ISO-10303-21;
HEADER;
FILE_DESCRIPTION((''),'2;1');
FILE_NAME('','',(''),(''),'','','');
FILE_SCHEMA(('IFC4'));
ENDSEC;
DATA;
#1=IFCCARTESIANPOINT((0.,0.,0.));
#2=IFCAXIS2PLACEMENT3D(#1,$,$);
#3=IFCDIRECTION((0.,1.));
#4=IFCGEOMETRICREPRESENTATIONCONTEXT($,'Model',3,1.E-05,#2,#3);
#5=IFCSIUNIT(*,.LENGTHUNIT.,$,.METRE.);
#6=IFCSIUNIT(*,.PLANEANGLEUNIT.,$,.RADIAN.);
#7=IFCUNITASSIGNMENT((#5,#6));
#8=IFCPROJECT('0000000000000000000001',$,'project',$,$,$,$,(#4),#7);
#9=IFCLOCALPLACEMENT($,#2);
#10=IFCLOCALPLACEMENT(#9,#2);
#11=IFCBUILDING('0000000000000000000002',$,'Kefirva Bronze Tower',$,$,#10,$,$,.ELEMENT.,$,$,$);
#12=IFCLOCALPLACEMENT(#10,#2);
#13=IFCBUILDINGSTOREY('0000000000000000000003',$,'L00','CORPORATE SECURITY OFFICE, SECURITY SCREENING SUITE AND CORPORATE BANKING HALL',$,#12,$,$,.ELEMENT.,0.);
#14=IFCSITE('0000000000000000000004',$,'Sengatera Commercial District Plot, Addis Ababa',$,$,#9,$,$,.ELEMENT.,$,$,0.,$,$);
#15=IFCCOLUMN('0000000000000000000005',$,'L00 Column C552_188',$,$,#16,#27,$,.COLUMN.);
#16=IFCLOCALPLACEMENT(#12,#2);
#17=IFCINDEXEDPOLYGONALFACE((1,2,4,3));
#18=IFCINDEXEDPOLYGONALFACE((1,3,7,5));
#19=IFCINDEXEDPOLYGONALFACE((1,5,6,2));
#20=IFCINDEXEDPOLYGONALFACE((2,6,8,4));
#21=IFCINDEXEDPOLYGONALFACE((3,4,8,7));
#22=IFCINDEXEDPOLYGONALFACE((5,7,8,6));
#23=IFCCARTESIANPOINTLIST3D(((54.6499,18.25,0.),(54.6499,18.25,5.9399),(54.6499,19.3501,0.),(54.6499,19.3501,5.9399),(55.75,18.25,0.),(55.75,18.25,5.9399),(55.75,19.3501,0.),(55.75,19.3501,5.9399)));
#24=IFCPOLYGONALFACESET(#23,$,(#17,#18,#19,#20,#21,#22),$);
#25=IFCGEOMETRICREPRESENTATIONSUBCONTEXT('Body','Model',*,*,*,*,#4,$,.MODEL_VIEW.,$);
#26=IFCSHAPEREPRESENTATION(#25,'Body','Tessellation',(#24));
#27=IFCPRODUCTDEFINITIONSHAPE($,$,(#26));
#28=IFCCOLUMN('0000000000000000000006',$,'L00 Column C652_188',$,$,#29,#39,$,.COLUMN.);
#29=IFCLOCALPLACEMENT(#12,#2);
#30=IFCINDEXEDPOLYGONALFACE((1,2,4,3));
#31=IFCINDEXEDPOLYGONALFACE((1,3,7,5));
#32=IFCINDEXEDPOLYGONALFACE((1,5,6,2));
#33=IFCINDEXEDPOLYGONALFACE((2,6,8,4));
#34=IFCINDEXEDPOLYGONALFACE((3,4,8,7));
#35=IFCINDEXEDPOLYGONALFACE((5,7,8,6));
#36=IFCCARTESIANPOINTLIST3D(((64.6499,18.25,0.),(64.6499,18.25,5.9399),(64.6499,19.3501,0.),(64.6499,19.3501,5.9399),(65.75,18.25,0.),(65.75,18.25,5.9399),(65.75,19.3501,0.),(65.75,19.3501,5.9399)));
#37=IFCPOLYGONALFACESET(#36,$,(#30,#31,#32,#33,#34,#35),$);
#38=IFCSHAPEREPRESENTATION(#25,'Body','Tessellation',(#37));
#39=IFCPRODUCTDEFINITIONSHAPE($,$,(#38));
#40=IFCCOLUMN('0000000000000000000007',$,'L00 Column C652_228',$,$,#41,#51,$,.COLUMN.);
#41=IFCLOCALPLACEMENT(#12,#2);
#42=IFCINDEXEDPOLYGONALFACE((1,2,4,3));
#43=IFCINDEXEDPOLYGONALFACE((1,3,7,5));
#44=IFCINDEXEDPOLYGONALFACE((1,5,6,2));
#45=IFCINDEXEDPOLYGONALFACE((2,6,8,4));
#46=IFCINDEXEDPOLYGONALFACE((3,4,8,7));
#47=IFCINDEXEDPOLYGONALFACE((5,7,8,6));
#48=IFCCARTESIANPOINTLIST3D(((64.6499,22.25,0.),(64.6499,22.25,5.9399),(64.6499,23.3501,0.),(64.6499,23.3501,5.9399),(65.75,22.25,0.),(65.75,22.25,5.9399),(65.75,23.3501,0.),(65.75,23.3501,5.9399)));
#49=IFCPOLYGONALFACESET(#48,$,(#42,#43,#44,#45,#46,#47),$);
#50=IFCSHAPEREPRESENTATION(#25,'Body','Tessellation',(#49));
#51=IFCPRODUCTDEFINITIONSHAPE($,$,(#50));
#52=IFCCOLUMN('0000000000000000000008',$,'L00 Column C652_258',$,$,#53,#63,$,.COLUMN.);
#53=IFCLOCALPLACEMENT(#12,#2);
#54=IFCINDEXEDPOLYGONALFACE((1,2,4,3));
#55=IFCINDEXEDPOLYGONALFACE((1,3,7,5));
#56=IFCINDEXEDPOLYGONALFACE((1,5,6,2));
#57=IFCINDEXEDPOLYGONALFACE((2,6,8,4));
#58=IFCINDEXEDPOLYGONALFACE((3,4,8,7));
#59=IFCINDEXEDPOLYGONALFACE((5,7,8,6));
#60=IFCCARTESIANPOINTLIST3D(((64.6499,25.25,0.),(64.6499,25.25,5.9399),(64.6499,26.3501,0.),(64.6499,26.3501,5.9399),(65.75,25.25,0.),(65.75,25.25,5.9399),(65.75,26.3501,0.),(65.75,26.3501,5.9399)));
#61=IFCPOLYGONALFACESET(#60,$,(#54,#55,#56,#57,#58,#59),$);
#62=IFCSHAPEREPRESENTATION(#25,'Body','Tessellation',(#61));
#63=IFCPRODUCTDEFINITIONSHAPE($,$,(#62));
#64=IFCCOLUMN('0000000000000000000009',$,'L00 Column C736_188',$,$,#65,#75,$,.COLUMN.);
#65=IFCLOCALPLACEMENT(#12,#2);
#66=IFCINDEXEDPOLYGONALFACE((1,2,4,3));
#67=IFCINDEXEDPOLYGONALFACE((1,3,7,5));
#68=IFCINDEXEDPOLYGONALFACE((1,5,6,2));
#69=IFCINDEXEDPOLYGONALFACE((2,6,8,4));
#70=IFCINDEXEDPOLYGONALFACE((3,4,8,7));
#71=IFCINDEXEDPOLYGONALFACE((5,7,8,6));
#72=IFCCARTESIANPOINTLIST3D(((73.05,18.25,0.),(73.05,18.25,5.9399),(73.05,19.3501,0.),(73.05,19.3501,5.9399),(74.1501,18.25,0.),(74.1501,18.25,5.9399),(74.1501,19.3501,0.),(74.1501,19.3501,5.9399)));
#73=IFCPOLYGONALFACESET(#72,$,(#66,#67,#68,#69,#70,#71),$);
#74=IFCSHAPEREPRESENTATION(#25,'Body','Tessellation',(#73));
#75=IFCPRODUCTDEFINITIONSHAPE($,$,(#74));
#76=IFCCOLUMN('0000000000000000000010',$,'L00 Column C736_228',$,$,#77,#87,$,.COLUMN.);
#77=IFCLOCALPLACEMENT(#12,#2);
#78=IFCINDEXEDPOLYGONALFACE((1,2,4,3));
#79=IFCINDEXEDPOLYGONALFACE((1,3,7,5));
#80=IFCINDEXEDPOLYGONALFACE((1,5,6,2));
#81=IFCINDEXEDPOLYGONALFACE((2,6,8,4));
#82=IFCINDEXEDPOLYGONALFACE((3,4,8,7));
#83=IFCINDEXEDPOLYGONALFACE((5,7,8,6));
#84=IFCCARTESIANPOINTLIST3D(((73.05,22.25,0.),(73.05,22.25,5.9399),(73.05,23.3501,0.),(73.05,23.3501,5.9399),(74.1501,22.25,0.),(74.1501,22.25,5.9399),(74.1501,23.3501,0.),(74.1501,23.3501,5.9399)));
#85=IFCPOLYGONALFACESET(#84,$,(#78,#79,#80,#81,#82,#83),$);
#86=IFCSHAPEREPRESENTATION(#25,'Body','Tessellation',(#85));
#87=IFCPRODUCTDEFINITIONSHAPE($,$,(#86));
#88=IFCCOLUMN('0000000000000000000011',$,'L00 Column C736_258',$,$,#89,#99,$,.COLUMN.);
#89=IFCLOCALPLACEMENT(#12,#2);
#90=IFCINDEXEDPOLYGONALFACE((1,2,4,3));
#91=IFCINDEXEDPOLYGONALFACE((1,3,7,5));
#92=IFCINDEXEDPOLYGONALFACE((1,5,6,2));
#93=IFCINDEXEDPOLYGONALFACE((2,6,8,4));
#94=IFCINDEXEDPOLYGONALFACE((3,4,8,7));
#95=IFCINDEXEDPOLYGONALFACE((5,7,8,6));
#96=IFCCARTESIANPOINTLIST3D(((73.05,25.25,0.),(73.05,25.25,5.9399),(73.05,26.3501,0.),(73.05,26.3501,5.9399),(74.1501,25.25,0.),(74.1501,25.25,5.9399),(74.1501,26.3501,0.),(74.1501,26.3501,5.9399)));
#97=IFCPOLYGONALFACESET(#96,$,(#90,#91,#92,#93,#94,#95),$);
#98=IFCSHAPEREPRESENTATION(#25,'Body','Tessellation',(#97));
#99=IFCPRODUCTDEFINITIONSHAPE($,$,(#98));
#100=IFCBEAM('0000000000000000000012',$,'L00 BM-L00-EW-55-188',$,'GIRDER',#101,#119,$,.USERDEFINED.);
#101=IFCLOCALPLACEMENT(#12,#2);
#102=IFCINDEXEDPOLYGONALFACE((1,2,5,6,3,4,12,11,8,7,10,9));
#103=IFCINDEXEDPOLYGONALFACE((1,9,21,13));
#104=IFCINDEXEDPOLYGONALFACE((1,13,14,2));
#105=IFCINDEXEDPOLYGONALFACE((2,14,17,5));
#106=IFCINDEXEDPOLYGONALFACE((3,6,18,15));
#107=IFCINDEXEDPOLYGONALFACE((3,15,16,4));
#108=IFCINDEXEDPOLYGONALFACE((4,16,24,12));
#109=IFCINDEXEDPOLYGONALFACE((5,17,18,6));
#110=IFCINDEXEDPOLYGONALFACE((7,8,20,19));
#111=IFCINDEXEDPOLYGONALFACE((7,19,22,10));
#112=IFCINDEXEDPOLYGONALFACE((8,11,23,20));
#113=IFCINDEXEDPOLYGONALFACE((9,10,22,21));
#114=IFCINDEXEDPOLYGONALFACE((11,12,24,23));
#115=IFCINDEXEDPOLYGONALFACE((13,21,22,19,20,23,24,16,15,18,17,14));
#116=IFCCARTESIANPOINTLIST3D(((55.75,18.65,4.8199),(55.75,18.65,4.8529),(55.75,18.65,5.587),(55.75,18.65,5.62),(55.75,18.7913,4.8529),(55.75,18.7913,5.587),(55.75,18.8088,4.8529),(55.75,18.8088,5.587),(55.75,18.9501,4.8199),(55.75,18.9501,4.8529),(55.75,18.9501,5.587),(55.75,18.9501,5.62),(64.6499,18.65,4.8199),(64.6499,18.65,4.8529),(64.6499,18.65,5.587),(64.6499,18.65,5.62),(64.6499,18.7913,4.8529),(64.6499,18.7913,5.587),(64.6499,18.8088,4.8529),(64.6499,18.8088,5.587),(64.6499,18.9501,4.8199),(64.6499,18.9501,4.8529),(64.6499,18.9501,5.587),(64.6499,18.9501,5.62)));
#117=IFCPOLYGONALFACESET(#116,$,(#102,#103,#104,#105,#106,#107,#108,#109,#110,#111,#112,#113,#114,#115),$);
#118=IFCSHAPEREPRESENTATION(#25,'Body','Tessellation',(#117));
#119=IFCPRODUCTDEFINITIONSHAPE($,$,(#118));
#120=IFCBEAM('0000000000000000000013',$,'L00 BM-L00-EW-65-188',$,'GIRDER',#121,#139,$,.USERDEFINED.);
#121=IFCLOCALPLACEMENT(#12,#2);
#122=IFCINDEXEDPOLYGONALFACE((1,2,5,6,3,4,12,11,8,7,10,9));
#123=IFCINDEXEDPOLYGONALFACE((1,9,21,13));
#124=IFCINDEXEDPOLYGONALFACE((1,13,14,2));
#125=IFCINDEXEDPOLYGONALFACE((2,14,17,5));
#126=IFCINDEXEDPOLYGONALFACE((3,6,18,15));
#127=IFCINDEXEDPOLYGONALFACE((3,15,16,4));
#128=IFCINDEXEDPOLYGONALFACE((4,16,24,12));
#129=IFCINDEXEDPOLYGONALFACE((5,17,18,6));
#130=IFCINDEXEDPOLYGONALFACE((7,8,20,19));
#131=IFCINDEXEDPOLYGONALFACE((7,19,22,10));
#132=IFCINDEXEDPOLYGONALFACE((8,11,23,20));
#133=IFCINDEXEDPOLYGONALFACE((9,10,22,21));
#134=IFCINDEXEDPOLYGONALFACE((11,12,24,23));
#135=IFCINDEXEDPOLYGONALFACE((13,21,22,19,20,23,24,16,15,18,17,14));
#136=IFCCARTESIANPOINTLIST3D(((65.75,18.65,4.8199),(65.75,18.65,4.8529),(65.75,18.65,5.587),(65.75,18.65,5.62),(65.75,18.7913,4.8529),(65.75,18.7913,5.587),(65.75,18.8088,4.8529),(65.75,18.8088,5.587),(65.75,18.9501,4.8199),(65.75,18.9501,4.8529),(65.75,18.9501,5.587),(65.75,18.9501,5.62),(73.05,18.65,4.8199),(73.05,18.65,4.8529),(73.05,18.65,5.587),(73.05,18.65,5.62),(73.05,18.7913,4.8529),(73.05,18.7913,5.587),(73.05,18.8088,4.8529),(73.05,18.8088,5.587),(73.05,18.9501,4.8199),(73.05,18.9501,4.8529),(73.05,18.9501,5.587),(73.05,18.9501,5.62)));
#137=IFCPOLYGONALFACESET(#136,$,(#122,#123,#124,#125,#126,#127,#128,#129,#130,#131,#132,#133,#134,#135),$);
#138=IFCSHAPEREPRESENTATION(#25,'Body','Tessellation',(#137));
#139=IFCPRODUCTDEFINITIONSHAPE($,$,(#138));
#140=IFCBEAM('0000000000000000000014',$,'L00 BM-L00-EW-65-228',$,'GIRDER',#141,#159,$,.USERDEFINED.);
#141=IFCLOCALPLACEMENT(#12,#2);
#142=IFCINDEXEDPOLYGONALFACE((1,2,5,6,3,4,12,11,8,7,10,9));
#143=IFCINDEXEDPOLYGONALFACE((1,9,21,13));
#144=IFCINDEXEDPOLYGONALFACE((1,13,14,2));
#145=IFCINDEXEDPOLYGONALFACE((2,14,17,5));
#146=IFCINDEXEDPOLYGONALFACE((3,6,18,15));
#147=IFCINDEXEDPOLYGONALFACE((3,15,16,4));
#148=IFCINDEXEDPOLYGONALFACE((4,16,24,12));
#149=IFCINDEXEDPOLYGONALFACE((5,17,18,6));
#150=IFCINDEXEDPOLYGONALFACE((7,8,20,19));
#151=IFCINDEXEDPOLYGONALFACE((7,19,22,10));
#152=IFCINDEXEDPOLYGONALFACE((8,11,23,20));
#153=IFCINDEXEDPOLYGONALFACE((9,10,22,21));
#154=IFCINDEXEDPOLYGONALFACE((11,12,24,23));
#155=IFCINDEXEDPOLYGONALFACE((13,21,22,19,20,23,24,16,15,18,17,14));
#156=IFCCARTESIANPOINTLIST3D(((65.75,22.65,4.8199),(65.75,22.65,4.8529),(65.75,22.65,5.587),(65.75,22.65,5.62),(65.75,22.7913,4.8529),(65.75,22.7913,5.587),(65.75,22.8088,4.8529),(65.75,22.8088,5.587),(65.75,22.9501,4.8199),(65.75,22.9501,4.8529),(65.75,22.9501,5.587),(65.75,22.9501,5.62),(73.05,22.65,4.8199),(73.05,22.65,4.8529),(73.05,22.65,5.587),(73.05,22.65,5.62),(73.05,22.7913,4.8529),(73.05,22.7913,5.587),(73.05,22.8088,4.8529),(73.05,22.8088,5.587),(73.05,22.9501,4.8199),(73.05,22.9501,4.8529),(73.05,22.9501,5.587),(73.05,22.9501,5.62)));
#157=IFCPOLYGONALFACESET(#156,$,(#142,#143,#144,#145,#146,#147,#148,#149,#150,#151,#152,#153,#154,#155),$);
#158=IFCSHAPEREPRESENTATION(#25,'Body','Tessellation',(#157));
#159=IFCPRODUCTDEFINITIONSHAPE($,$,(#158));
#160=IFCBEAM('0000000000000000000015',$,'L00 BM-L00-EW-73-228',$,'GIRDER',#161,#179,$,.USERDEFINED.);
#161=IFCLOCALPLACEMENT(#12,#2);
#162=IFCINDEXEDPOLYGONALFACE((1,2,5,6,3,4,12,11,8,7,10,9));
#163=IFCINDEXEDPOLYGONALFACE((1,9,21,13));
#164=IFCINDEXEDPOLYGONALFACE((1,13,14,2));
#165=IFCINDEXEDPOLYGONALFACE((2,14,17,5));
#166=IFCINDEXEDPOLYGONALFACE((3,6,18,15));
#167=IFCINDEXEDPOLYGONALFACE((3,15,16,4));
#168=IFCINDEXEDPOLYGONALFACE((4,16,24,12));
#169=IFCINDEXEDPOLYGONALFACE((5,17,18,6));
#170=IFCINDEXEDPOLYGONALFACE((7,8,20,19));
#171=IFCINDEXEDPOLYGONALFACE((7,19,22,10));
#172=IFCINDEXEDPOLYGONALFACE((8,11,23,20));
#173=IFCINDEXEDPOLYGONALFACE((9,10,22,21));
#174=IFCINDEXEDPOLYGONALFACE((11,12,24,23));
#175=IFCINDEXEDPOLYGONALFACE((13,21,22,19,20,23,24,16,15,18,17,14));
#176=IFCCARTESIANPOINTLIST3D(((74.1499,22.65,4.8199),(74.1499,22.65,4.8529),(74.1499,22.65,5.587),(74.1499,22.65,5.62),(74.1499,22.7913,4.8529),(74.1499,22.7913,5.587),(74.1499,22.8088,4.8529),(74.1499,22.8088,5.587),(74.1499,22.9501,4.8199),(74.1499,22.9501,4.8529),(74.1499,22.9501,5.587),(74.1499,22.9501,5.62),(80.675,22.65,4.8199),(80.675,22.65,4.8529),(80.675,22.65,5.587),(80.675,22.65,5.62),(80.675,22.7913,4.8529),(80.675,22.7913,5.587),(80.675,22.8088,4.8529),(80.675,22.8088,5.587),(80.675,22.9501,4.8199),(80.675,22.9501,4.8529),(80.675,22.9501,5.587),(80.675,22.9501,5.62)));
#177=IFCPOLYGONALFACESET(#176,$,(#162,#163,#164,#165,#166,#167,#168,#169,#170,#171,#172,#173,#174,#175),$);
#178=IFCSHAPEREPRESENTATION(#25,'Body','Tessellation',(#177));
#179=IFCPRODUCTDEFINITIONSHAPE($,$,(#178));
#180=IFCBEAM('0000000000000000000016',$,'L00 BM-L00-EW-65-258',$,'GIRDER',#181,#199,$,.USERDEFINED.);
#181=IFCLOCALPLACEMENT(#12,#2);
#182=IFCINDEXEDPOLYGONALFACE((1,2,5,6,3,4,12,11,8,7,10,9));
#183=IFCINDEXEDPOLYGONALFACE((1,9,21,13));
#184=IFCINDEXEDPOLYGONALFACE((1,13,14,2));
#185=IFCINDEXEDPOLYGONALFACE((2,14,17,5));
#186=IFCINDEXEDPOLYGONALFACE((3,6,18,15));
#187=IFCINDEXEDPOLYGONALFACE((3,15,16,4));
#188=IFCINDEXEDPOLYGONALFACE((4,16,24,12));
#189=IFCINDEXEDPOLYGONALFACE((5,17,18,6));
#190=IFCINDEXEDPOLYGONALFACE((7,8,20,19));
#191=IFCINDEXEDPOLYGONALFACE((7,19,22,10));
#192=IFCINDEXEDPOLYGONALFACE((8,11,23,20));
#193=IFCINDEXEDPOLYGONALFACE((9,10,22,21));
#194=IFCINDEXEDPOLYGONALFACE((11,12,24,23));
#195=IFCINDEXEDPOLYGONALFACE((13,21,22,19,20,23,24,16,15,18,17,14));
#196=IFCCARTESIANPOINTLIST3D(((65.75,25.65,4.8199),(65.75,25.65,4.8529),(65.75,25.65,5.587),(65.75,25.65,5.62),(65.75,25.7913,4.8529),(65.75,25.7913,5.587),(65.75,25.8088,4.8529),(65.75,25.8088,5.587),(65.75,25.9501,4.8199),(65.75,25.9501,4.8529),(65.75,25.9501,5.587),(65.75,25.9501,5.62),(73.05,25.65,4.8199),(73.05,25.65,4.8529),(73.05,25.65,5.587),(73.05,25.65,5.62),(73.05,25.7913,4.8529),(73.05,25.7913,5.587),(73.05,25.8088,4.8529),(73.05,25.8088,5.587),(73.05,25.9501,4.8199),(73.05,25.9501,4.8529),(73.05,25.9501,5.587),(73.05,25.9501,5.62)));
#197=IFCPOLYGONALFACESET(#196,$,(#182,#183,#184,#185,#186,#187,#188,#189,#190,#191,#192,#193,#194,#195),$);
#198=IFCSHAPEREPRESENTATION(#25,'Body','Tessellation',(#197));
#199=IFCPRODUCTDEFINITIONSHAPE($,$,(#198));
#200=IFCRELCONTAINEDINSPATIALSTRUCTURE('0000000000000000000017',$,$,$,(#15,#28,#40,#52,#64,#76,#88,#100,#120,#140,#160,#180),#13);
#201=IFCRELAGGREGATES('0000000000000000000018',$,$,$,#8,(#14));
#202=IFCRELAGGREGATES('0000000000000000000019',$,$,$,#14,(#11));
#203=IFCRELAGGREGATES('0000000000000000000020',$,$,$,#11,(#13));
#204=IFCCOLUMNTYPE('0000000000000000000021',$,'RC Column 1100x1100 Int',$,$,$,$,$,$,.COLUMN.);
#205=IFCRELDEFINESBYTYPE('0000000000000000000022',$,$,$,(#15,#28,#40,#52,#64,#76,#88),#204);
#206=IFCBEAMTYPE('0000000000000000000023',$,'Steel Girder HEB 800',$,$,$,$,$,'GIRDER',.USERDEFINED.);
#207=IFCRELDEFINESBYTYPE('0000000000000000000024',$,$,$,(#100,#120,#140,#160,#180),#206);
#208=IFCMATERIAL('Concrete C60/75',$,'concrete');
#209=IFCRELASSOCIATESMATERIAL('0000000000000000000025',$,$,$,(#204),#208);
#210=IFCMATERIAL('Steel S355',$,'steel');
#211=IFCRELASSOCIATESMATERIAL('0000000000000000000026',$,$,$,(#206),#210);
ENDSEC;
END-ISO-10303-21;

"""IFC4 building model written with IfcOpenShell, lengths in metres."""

from ifc_helpers import new_model, si_unit, direction, frame, origin, origin_2d, place, context, subcontext, project, spatial, rectangle, i_section, extrude, material, material_profile, profile_set, type_object, element, save


model = new_model("IFC4")

# Units and contexts
model_context = context("Model", 3, precision=1e-05, world=origin(), true_north=direction((0.0, 1.0)))
body_context = subcontext(model_context, "Body", "Model", "MODEL_VIEW")
ifc_project = project(units=[si_unit("LENGTHUNIT", "METRE"), si_unit("PLANEANGLEUNIT", "RADIAN")], contexts=[model_context])

# Site, building, storey
site_placement = place(None, origin())
site = spatial("IfcSite", under=ifc_project, at=site_placement, Name="Sengatera Commercial District Plot, Addis Ababa", CompositionType="ELEMENT", RefElevation=0.0)
building_placement = place(site_placement, origin())
building = spatial("IfcBuilding", under=site, at=building_placement, Name="Kefirva Bronze Tower", CompositionType="ELEMENT")
storey_placement = place(building_placement, origin())
storey = spatial("IfcBuildingStorey", under=building, at=storey_placement, Name="L00", Description="CORPORATE SECURITY OFFICE, SECURITY SCREENING SUITE AND CORPORATE BANKING HALL", CompositionType="ELEMENT", Elevation=0.0)

# Columns
ifc_material_1 = material(Name="Concrete C60/75", Category="concrete")
ifc_material_profile_1 = material_profile(ifc_material_1, rectangle(XDim=1.1001, YDim=1.1001, at=origin_2d()), Name="RC 1100x1100")
ifc_profile_set_1 = profile_set([ifc_material_profile_1], Name="Concrete C60/75")
column_type = type_object("IfcColumnType", Name="RC Column 1100x1100 Int", PredefinedType="COLUMN", material=ifc_profile_set_1)
for number, where, z_axis, x_axis, name in (
    (1, (55.2, 18.8, 0.0), (0.0, 0.0, 1.0), (1.0, 0.0, 0.0), "L00 Column C552_188"),
    (2, (65.2, 18.8, 0.0), (0.0, 0.0, 1.0), (1.0, 0.0, 0.0), "L00 Column C652_188"),
    (3, (65.2, 22.8, 0.0), (0.0, 0.0, 1.0), (1.0, 0.0, 0.0), "L00 Column C652_228"),
    (4, (65.2, 25.8, 0.0), (0.0, 0.0, 1.0), (1.0, 0.0, 0.0), "L00 Column C652_258"),
    (5, (73.6001, 18.8, 0.0), (0.0, 0.0, 1.0), (1.0, 0.0, 0.0), "L00 Column C736_188"),
    (6, (73.6001, 22.8, 0.0), (0.0, 0.0, 1.0), (1.0, 0.0, 0.0), "L00 Column C736_228"),
    (7, (73.6001, 25.8, 0.0), (0.0, 0.0, 1.0), (1.0, 0.0, 0.0), "L00 Column C736_258"),
):
    element("IfcColumn", number, at=place(storey_placement, frame(where, z_axis=z_axis, x_axis=x_axis)), inside=storey, type_object=column_type, Name=name, PredefinedType="COLUMN", context=body_context, shape_type="SweptSolid", body=[
        extrude(rectangle(XDim=1.1001, YDim=1.1001, at=origin_2d()), origin(), (0.0, 0.0, 1.0), 5.9399),
    ])

# Beams
ifc_material_2 = material(Name="Steel S355", Category="steel")
ifc_material_profile_2 = material_profile(ifc_material_2, i_section(OverallWidth=0.3, OverallDepth=0.8, WebThickness=0.0176, FlangeThickness=0.033, at=origin_2d()), Name="HEB 800")
ifc_profile_set_2 = profile_set([ifc_material_profile_2], Name="Steel S355")
beam_type = type_object("IfcBeamType", Name="Steel Girder HEB 800", ElementType="GIRDER", PredefinedType="USERDEFINED", material=ifc_profile_set_2)
beam_1_placement = place(storey_placement, frame((55.75, 18.8, 5.22), z_axis=(1.0, 0.0, 0.0), x_axis=(0.0, 1.0, 0.0)))
element("IfcBeam", 8, at=beam_1_placement, inside=storey, type_object=beam_type, Name="L00 BM-L00-EW-55-188", ObjectType="GIRDER", PredefinedType="USERDEFINED", context=body_context, shape_type="SweptSolid", body=[
    extrude(i_section(OverallWidth=0.3, OverallDepth=0.8, WebThickness=0.0176, FlangeThickness=0.033, at=origin_2d()), origin(), (0.0, 0.0, 1.0), 8.8999),
])
for number, where, z_axis, x_axis, name in (
    (9, (65.75, 18.8, 5.22), (1.0, 0.0, 0.0), (0.0, 1.0, 0.0), "L00 BM-L00-EW-65-188"),
    (10, (65.75, 22.8, 5.22), (1.0, 0.0, 0.0), (0.0, 1.0, 0.0), "L00 BM-L00-EW-65-228"),
):
    element("IfcBeam", number, at=place(storey_placement, frame(where, z_axis=z_axis, x_axis=x_axis)), inside=storey, type_object=beam_type, Name=name, ObjectType="GIRDER", PredefinedType="USERDEFINED", context=body_context, shape_type="SweptSolid", body=[
        extrude(i_section(OverallWidth=0.3, OverallDepth=0.8, WebThickness=0.0176, FlangeThickness=0.033, at=origin_2d()), origin(), (0.0, 0.0, 1.0), 7.3),
    ])
beam_2_placement = place(storey_placement, frame((74.1499, 22.8, 5.22), z_axis=(1.0, 0.0, 0.0), x_axis=(0.0, 1.0, 0.0)))
element("IfcBeam", 11, at=beam_2_placement, inside=storey, type_object=beam_type, Name="L00 BM-L00-EW-73-228", ObjectType="GIRDER", PredefinedType="USERDEFINED", context=body_context, shape_type="SweptSolid", body=[
    extrude(i_section(OverallWidth=0.3, OverallDepth=0.8, WebThickness=0.0176, FlangeThickness=0.033, at=origin_2d()), origin(), (0.0, 0.0, 1.0), 6.5251),
])
beam_3_placement = place(storey_placement, frame((65.75, 25.8, 5.22), z_axis=(1.0, 0.0, 0.0), x_axis=(0.0, 1.0, 0.0)))
element("IfcBeam", 12, at=beam_3_placement, inside=storey, type_object=beam_type, Name="L00 BM-L00-EW-65-258", ObjectType="GIRDER", PredefinedType="USERDEFINED", context=body_context, shape_type="SweptSolid", body=[
    extrude(i_section(OverallWidth=0.3, OverallDepth=0.8, WebThickness=0.0176, FlangeThickness=0.033, at=origin_2d()), origin(), (0.0, 0.0, 1.0), 7.3),
])

save(model, "model.ifc")
